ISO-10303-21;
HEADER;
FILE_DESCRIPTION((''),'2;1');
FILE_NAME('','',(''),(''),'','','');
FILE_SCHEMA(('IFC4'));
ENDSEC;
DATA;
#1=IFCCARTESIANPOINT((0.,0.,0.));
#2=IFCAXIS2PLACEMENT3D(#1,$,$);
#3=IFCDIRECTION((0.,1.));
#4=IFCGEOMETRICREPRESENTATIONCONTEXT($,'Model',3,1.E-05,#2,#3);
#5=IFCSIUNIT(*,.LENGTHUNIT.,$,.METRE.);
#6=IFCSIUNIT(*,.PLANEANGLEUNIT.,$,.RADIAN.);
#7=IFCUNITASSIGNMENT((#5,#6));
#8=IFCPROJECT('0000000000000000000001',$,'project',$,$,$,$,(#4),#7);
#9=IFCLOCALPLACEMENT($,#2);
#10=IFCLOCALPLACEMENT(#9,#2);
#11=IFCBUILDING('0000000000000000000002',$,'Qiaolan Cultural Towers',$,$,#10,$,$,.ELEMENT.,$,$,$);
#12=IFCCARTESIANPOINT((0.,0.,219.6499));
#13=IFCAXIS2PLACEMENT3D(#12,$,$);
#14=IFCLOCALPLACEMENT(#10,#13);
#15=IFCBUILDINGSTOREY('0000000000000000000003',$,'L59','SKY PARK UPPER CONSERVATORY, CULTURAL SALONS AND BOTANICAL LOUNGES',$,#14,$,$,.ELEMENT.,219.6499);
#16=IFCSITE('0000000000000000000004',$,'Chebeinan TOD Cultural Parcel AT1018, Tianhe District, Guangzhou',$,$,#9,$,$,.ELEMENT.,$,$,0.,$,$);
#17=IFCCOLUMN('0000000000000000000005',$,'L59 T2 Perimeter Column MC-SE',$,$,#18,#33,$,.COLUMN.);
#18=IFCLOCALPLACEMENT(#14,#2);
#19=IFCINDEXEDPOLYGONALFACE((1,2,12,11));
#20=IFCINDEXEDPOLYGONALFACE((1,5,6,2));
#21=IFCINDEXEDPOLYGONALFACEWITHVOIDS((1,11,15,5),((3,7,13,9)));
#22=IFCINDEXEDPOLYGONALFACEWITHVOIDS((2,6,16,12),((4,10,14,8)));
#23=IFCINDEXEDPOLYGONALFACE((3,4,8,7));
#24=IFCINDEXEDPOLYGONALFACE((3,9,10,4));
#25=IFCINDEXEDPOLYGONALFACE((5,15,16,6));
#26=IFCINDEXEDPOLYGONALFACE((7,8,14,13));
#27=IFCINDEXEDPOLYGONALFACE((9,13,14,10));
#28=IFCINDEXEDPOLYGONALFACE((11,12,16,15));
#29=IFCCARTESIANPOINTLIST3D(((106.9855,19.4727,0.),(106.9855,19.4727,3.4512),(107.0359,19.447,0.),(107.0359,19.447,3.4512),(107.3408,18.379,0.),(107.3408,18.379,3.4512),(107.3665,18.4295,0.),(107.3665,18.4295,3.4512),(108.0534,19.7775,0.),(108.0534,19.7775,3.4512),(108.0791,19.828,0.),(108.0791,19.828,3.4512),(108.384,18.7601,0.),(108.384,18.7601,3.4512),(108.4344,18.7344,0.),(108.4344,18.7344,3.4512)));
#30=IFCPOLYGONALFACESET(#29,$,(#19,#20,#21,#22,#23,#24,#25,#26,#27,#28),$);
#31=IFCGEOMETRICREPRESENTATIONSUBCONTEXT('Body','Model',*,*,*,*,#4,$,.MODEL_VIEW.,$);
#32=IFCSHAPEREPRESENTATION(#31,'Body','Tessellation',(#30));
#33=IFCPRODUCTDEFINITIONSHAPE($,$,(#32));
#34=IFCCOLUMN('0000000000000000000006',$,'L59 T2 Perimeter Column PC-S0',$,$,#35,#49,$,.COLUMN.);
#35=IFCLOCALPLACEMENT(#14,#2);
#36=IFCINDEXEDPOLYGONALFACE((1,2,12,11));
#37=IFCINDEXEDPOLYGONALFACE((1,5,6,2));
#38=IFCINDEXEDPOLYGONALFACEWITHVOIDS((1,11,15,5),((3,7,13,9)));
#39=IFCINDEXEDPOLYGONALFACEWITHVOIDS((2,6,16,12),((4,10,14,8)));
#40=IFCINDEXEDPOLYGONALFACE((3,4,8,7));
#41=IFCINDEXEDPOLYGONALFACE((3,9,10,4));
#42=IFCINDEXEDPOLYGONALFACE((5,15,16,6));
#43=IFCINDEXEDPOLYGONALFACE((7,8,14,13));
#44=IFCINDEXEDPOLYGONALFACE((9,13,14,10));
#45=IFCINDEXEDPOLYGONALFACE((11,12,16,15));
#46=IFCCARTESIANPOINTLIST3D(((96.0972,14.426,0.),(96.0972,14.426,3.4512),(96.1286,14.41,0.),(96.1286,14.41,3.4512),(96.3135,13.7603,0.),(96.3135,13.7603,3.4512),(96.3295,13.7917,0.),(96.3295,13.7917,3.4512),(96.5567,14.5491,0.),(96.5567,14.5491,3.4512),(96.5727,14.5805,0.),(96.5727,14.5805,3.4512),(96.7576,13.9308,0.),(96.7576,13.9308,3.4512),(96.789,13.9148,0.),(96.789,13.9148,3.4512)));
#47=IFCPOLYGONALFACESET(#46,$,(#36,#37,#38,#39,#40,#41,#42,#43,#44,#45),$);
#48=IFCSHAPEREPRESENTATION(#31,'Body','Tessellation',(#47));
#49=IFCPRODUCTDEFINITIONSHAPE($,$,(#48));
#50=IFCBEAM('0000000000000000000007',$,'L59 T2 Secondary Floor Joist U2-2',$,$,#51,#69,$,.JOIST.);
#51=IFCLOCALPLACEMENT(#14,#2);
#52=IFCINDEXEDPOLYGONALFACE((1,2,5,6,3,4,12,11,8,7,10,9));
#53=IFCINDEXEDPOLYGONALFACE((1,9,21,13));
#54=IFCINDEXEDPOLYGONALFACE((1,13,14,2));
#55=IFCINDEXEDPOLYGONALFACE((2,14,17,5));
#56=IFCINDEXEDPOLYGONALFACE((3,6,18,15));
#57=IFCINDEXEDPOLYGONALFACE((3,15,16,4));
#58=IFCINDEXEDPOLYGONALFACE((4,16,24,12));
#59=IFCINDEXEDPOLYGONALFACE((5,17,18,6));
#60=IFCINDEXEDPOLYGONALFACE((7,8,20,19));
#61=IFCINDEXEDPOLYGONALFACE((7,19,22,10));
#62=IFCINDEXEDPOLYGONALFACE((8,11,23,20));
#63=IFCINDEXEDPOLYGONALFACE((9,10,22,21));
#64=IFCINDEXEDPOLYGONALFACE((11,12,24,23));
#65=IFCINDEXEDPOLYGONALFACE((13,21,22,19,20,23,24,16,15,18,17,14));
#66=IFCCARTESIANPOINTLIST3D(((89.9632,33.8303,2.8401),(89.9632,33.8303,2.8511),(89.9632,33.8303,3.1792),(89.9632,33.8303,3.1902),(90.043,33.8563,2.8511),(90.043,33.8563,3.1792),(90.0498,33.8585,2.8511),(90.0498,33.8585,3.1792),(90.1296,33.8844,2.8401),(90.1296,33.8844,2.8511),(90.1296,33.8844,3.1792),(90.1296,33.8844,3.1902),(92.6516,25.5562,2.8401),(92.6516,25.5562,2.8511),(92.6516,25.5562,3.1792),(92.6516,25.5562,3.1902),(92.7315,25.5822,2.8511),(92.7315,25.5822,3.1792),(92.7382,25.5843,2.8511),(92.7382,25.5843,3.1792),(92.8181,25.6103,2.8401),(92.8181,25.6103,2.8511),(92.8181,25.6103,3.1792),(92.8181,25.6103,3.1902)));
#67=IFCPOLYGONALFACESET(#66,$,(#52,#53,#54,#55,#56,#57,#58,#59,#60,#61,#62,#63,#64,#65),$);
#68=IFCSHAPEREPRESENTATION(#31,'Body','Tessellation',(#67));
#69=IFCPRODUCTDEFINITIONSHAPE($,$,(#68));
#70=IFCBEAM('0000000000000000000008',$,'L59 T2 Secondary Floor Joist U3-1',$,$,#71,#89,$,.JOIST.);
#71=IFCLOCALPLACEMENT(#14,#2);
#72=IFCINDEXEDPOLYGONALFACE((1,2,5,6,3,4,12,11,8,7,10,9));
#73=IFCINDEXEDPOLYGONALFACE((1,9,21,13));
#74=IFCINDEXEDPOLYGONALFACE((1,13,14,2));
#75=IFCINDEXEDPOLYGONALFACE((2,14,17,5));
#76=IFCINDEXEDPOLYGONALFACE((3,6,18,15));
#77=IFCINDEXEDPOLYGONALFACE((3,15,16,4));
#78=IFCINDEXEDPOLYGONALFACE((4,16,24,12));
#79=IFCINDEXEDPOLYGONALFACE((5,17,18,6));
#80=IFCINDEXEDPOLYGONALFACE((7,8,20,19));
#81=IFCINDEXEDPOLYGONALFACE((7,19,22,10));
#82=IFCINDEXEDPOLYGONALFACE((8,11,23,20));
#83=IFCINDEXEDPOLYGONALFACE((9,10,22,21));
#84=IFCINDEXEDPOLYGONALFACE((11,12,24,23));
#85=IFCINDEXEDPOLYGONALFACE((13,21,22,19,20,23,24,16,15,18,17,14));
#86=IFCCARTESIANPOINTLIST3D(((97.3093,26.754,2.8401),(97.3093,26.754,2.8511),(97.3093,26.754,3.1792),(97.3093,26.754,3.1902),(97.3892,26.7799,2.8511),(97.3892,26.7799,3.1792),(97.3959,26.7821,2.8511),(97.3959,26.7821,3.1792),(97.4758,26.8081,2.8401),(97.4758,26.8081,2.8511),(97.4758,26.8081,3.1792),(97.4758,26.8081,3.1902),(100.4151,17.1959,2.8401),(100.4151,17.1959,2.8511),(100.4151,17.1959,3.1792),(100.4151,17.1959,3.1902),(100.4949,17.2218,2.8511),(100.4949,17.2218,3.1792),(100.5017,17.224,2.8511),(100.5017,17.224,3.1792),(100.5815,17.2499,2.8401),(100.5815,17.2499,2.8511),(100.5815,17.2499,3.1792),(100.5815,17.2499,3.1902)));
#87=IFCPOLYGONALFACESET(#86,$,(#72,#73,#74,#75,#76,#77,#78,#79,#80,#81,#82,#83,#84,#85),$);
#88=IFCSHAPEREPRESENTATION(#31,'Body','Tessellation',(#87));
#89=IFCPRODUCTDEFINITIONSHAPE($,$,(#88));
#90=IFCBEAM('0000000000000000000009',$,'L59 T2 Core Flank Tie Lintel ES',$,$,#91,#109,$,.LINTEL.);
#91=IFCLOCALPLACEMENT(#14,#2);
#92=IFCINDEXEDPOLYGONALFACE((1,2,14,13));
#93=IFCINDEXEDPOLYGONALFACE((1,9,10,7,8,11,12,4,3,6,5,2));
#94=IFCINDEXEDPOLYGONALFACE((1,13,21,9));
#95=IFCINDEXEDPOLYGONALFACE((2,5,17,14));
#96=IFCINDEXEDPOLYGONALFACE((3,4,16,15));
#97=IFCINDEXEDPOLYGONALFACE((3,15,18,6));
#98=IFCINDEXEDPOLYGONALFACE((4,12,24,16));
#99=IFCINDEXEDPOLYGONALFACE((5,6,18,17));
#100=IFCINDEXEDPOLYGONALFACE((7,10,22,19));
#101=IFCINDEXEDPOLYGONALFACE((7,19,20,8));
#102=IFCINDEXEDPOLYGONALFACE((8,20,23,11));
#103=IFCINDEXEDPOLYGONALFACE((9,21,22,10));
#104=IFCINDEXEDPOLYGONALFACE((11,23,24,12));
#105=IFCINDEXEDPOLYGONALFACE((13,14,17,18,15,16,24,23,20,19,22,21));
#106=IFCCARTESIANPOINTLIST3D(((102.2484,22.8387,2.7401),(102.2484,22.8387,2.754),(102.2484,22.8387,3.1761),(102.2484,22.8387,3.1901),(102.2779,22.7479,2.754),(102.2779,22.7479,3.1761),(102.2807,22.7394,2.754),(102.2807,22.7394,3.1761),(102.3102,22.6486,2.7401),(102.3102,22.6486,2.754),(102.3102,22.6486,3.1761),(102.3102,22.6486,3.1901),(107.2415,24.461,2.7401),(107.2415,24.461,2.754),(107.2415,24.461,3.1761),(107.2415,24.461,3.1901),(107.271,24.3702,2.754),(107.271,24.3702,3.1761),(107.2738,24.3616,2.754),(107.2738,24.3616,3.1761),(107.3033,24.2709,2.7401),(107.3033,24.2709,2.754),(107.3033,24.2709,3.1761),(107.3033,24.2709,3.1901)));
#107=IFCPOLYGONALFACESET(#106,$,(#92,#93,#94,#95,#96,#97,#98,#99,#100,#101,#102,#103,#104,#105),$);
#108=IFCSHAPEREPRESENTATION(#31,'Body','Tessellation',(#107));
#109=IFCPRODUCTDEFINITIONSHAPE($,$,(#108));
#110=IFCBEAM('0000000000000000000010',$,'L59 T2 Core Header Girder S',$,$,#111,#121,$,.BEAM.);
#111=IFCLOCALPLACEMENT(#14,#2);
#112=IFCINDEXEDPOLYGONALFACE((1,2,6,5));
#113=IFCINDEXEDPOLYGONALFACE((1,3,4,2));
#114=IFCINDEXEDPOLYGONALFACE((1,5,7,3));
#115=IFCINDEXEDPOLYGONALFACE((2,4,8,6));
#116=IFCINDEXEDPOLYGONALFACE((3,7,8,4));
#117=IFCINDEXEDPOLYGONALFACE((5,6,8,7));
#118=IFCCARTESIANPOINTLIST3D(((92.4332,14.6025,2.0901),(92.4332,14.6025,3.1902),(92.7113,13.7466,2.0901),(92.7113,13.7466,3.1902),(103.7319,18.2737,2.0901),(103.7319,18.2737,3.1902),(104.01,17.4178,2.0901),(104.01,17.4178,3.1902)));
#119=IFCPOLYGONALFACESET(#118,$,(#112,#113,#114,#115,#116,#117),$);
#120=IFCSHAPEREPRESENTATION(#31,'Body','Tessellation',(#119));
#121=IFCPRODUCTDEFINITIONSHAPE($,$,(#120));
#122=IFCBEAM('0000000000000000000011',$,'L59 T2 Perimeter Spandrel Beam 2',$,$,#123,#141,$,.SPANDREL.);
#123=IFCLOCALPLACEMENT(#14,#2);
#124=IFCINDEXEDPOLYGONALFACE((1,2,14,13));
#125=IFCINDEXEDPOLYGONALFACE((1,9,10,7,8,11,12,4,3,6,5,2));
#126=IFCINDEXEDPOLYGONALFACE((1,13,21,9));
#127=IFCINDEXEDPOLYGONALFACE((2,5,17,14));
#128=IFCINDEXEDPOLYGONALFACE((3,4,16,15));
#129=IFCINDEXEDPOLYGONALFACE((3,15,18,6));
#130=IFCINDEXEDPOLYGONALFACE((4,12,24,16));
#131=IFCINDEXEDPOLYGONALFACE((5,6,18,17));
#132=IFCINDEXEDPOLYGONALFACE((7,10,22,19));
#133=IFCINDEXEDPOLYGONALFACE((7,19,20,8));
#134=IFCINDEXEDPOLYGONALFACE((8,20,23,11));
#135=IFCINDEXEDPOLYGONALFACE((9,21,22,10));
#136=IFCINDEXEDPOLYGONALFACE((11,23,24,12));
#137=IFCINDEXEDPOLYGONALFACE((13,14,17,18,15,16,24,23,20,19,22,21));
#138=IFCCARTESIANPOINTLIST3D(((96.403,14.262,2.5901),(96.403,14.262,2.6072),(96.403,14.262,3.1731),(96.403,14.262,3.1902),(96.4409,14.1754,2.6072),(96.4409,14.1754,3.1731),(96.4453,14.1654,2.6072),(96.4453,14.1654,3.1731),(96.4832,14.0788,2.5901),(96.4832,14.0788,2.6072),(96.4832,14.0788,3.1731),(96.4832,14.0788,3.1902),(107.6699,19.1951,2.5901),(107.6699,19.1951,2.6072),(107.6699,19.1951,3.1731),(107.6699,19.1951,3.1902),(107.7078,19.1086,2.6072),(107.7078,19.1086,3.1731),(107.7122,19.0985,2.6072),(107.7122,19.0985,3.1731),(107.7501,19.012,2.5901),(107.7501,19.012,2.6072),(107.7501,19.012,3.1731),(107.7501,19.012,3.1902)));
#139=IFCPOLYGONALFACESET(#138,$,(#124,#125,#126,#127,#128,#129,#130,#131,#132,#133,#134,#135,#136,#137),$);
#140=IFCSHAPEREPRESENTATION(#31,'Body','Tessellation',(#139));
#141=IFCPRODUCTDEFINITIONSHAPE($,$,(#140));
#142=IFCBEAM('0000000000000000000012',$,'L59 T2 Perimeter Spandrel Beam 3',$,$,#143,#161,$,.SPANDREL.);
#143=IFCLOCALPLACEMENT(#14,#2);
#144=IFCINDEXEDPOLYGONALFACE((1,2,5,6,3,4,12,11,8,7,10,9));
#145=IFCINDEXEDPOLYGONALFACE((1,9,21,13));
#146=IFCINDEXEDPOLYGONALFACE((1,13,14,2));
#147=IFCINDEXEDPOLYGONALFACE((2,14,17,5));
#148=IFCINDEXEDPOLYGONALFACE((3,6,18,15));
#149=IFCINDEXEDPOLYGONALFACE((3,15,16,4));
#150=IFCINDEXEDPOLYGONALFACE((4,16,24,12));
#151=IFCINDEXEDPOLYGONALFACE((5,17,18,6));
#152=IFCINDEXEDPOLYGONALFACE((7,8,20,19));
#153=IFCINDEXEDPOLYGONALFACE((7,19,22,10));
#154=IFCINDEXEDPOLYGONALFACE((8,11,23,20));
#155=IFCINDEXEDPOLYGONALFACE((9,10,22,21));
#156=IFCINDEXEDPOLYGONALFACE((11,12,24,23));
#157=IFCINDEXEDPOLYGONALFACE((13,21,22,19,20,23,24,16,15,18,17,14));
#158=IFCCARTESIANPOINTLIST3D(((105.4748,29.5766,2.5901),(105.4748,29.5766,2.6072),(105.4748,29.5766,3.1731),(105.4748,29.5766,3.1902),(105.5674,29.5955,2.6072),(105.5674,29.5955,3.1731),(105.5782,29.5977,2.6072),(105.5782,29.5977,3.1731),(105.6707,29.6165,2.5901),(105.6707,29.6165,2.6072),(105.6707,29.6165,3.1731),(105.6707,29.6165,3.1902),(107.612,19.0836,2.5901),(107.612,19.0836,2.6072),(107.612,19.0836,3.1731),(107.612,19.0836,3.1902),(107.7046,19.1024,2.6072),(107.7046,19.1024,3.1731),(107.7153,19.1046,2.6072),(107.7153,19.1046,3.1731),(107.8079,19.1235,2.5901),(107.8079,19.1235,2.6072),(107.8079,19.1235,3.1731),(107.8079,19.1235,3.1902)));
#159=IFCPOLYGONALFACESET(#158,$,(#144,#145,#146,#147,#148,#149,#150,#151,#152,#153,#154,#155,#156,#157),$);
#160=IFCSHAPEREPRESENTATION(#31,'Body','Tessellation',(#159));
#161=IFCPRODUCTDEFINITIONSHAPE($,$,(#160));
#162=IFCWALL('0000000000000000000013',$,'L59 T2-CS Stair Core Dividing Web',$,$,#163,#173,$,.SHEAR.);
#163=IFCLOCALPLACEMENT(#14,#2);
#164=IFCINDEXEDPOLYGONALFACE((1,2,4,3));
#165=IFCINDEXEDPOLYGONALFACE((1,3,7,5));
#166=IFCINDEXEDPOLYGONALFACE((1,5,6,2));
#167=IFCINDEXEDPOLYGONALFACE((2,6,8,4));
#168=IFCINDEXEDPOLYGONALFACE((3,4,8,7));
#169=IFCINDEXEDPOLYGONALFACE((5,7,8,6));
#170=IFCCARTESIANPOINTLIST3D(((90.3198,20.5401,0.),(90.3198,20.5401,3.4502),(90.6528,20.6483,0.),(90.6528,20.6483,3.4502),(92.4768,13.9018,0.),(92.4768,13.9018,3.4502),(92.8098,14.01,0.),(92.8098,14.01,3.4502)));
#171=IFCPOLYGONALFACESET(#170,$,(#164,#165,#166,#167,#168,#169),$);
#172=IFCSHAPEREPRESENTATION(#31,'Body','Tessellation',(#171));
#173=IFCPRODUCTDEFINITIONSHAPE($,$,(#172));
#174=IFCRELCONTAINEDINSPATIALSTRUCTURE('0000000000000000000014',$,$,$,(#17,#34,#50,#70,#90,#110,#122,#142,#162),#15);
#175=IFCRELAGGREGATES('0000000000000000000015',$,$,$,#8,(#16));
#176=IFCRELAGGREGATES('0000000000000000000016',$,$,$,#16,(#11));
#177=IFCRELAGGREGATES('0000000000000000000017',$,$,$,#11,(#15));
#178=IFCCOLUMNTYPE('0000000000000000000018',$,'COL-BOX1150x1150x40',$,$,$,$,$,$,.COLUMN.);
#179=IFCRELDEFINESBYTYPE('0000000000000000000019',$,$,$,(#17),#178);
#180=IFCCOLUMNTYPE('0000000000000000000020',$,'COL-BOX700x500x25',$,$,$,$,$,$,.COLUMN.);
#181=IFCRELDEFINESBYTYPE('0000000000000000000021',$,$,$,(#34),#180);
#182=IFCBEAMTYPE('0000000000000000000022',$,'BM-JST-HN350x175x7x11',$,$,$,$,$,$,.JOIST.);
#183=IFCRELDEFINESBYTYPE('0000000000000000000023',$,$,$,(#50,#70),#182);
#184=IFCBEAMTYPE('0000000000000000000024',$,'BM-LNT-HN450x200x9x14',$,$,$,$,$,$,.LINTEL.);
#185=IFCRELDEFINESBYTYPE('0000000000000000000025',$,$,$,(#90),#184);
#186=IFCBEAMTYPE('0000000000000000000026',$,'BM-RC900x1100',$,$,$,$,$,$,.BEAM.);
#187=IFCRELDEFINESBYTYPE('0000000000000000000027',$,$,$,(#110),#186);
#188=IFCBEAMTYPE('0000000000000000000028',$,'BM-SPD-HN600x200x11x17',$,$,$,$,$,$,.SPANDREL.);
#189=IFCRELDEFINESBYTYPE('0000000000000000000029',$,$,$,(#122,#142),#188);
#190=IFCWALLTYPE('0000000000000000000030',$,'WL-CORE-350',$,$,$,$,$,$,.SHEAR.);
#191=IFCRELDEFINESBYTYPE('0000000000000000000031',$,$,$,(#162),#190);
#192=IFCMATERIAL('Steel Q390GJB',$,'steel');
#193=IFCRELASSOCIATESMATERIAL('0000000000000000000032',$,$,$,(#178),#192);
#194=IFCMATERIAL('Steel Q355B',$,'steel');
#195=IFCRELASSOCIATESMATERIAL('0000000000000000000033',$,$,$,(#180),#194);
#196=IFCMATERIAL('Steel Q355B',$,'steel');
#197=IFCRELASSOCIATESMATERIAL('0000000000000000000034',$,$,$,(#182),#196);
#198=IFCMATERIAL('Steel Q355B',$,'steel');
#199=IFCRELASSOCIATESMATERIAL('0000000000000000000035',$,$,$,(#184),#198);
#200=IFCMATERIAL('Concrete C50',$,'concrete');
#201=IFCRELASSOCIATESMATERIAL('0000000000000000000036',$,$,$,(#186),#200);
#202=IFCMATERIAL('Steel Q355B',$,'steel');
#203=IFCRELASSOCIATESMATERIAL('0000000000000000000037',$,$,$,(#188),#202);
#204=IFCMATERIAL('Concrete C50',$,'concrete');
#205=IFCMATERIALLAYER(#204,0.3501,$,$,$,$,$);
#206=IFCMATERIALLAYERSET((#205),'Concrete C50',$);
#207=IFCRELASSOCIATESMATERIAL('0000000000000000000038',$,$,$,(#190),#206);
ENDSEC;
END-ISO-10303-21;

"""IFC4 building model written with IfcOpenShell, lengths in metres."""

from ifc_helpers import new_model, si_unit, direction, frame, frame_2d, origin, origin_2d, place, context, subcontext, project, spatial, rectangle, hollow_rectangle, i_section, extrude, material, layer, layer_set, material_profile, profile_set, type_object, element, save


model = new_model("IFC4")

# Units and contexts
model_context = context("Model", 3, precision=1e-05, world=origin(), true_north=direction((0.0, 1.0)))
body_context = subcontext(model_context, "Body", "Model", "MODEL_VIEW")
ifc_project = project(units=[si_unit("LENGTHUNIT", "METRE"), si_unit("PLANEANGLEUNIT", "RADIAN")], contexts=[model_context])

# Site, building, storey
site_placement = place(None, origin())
site = spatial("IfcSite", under=ifc_project, at=site_placement, Name="Chebeinan TOD Cultural Parcel AT1018, Tianhe District, Guangzhou", CompositionType="ELEMENT", RefElevation=0.0)
building_placement = place(site_placement, origin())
building = spatial("IfcBuilding", under=site, at=building_placement, Name="Qiaolan Cultural Towers", CompositionType="ELEMENT")
storey_placement = place(building_placement, frame((0.0, 0.0, 219.6499)))
storey = spatial("IfcBuildingStorey", under=building, at=storey_placement, Name="L59", Description="SKY PARK UPPER CONSERVATORY, CULTURAL SALONS AND BOTANICAL LOUNGES", CompositionType="ELEMENT", Elevation=219.6499)

# Columns
ifc_material_1 = material(Name="Steel Q390GJB", Category="steel")
ifc_material_profile_1 = material_profile(ifc_material_1, hollow_rectangle(XDim=1.1499, YDim=1.1499, WallThickness=0.04, at=origin_2d()), Name="BOX1150x1150x40")
ifc_profile_set_1 = profile_set([ifc_material_profile_1], Name="Steel Q390GJB")
column_type_1 = type_object("IfcColumnType", Name="COL-BOX1150x1150x40", PredefinedType="COLUMN", material=ifc_profile_set_1)
column_1_placement = place(storey_placement, frame((107.71, 19.1035, 0.0), z_axis=(0.0, 0.0, 1.0), x_axis=(0.951057, 0.309017, 0.0)))
element("IfcColumn", 1, at=column_1_placement, inside=storey, type_object=column_type_1, Name="L59 T2 Perimeter Column MC-SE", PredefinedType="COLUMN", context=body_context, shape_type="SweptSolid", body=[
    extrude(hollow_rectangle(XDim=1.1499, YDim=1.1499, WallThickness=0.04, at=origin_2d()), origin(), (0.0, 0.0, 1.0), 3.4512),
])
ifc_material_2 = material(Name="Steel Q355B", Category="steel")
ifc_material_profile_2 = material_profile(ifc_material_2, hollow_rectangle(XDim=0.5, YDim=0.7, WallThickness=0.0249, at=origin_2d()), Name="BOX700x500x25")
ifc_profile_set_2 = profile_set([ifc_material_profile_2], Name="Steel Q355B")
column_type_2 = type_object("IfcColumnType", Name="COL-BOX700x500x25", PredefinedType="COLUMN", material=ifc_profile_set_2)
column_2_placement = place(storey_placement, frame((96.4431, 14.1704, 0.0), z_axis=(0.0, 0.0, 1.0), x_axis=(0.951057, 0.309017, 0.0)))
element("IfcColumn", 2, at=column_2_placement, inside=storey, type_object=column_type_2, Name="L59 T2 Perimeter Column PC-S0", PredefinedType="COLUMN", context=body_context, shape_type="SweptSolid", body=[
    extrude(hollow_rectangle(XDim=0.5, YDim=0.7, WallThickness=0.0249, at=origin_2d()), origin(), (0.0, 0.0, 1.0), 3.4512),
])

# Beams
ifc_material_3 = material(Name="Steel Q355B", Category="steel")
ifc_material_profile_3 = material_profile(ifc_material_3, i_section(OverallWidth=0.175, OverallDepth=0.3501, WebThickness=0.0071, FlangeThickness=0.011, at=origin_2d()), Name="HN350x175x7x11")
ifc_profile_set_3 = profile_set([ifc_material_profile_3], Name="Steel Q355B")
beam_type_1 = type_object("IfcBeamType", Name="BM-JST-HN350x175x7x11", PredefinedType="JOIST", material=ifc_profile_set_3)
beam_1_placement = place(storey_placement, frame((92.7349, 25.5833, 3.0151), z_axis=(-0.309021, 0.951055, 0.0), x_axis=(-0.951055, -0.309021, 0.0)))
element("IfcBeam", 3, at=beam_1_placement, inside=storey, type_object=beam_type_1, Name="L59 T2 Secondary Floor Joist U2-2", PredefinedType="JOIST", context=body_context, shape_type="SweptSolid", body=[
    extrude(i_section(OverallWidth=0.175, OverallDepth=0.3501, WebThickness=0.0071, FlangeThickness=0.011, at=origin_2d()), origin(), (0.0, 0.0, 1.0), 8.7),
])
beam_2_placement = place(storey_placement, frame((100.4983, 17.2229, 3.0151), z_axis=(-0.309026, 0.951054, 0.0), x_axis=(-0.951054, -0.309026, 0.0)))
element("IfcBeam", 4, at=beam_2_placement, inside=storey, type_object=beam_type_1, Name="L59 T2 Secondary Floor Joist U3-1", PredefinedType="JOIST", context=body_context, shape_type="SweptSolid", body=[
    extrude(i_section(OverallWidth=0.175, OverallDepth=0.3501, WebThickness=0.0071, FlangeThickness=0.011, at=origin_2d()), origin(), (0.0, 0.0, 1.0), 10.05),
])
ifc_material_4 = material(Name="Steel Q355B", Category="steel")
ifc_material_profile_4 = material_profile(ifc_material_4, i_section(OverallWidth=0.2, OverallDepth=0.45, WebThickness=0.009, FlangeThickness=0.0139, at=origin_2d()), Name="HN450x200x9x14")
ifc_profile_set_4 = profile_set([ifc_material_profile_4], Name="Steel Q355B")
beam_type_2 = type_object("IfcBeamType", Name="BM-LNT-HN450x200x9x14", PredefinedType="LINTEL", material=ifc_profile_set_4)
beam_3_placement = place(storey_placement, frame((102.2793, 22.7437, 2.9651), z_axis=(0.95106, 0.309006, 0.0), x_axis=(-0.309006, 0.95106, 0.0)))
element("IfcBeam", 5, at=beam_3_placement, inside=storey, type_object=beam_type_2, Name="L59 T2 Core Flank Tie Lintel ES", PredefinedType="LINTEL", context=body_context, shape_type="SweptSolid", body=[
    extrude(i_section(OverallWidth=0.2, OverallDepth=0.45, WebThickness=0.009, FlangeThickness=0.0139, at=origin_2d()), origin(), (0.0, 0.0, 1.0), 5.25),
])
ifc_material_5 = material(Name="Concrete C50", Category="concrete")
ifc_material_profile_5 = material_profile(ifc_material_5, rectangle(XDim=0.8999, YDim=1.1001, at=origin_2d()), Name="RC900x1100")
ifc_profile_set_5 = profile_set([ifc_material_profile_5], Name="Concrete C50")
beam_type_3 = type_object("IfcBeamType", Name="BM-RC900x1100", PredefinedType="BEAM", material=ifc_profile_set_5)
beam_4_placement = place(storey_placement, frame((92.5723, 14.1746, 2.6401), z_axis=(0.951056, 0.309018, 0.0), x_axis=(-0.309018, 0.951056, 0.0)))
element("IfcBeam", 6, at=beam_4_placement, inside=storey, type_object=beam_type_3, Name="L59 T2 Core Header Girder S", PredefinedType="BEAM", context=body_context, shape_type="SweptSolid", body=[
    extrude(rectangle(XDim=0.8999, YDim=1.1001, at=origin_2d()), origin(), (0.0, 0.0, 1.0), 11.8801),
])
ifc_material_6 = material(Name="Steel Q355B", Category="steel")
ifc_material_profile_6 = material_profile(ifc_material_6, i_section(OverallWidth=0.2, OverallDepth=0.6001, WebThickness=0.011, FlangeThickness=0.0171, at=origin_2d()), Name="HN600x200x11x17")
ifc_profile_set_6 = profile_set([ifc_material_profile_6], Name="Steel Q355B")
beam_type_4 = type_object("IfcBeamType", Name="BM-SPD-HN600x200x11x17", PredefinedType="SPANDREL", material=ifc_profile_set_6)
beam_5_placement = place(storey_placement, frame((96.4431, 14.1704, 2.8901), z_axis=(0.916042, 0.401082, 0.0), x_axis=(-0.401082, 0.916042, 0.0)))
element("IfcBeam", 7, at=beam_5_placement, inside=storey, type_object=beam_type_4, Name="L59 T2 Perimeter Spandrel Beam 2", PredefinedType="SPANDREL", context=body_context, shape_type="SweptSolid", body=[
    extrude(i_section(OverallWidth=0.2, OverallDepth=0.6001, WebThickness=0.011, FlangeThickness=0.0171, at=origin_2d()), origin(), (0.0, 0.0, 1.0), 12.2996),
])
beam_6_placement = place(storey_placement, frame((107.71, 19.1035, 2.8901), z_axis=(-0.199579, 0.979882, 0.0), x_axis=(-0.979882, -0.199579, 0.0)))
element("IfcBeam", 8, at=beam_6_placement, inside=storey, type_object=beam_type_4, Name="L59 T2 Perimeter Spandrel Beam 3", PredefinedType="SPANDREL", context=body_context, shape_type="SweptSolid", body=[
    extrude(i_section(OverallWidth=0.2, OverallDepth=0.6001, WebThickness=0.011, FlangeThickness=0.0171, at=origin_2d()), origin(), (0.0, 0.0, 1.0), 10.7085),
])

# Wall
ifc_material_7 = material(Name="Concrete C50", Category="concrete")
ifc_layer_1 = layer(ifc_material_7, 0.3501)
ifc_layer_set_1 = layer_set([ifc_layer_1], Name="Concrete C50")
wall_type_1 = type_object("IfcWallType", Name="WL-CORE-350", PredefinedType="SHEAR", material=ifc_layer_set_1)
wall_1_placement = place(storey_placement, frame((90.4863, 20.5942, 0.0), z_axis=(0.0, 0.0, 1.0), x_axis=(0.30902, -0.951055, 0.0)))
element("IfcWall", 9, at=wall_1_placement, inside=storey, type_object=wall_type_1, Name="L59 T2-CS Stair Core Dividing Web", PredefinedType="SHEAR", context=body_context, shape_type="SweptSolid", body=[
    extrude(rectangle(XDim=6.98, YDim=0.3501, at=frame_2d((3.49, 0.0))), origin(), (0.0, 0.0, 1.0), 3.4502),
])

save(model, "model.ifc")
